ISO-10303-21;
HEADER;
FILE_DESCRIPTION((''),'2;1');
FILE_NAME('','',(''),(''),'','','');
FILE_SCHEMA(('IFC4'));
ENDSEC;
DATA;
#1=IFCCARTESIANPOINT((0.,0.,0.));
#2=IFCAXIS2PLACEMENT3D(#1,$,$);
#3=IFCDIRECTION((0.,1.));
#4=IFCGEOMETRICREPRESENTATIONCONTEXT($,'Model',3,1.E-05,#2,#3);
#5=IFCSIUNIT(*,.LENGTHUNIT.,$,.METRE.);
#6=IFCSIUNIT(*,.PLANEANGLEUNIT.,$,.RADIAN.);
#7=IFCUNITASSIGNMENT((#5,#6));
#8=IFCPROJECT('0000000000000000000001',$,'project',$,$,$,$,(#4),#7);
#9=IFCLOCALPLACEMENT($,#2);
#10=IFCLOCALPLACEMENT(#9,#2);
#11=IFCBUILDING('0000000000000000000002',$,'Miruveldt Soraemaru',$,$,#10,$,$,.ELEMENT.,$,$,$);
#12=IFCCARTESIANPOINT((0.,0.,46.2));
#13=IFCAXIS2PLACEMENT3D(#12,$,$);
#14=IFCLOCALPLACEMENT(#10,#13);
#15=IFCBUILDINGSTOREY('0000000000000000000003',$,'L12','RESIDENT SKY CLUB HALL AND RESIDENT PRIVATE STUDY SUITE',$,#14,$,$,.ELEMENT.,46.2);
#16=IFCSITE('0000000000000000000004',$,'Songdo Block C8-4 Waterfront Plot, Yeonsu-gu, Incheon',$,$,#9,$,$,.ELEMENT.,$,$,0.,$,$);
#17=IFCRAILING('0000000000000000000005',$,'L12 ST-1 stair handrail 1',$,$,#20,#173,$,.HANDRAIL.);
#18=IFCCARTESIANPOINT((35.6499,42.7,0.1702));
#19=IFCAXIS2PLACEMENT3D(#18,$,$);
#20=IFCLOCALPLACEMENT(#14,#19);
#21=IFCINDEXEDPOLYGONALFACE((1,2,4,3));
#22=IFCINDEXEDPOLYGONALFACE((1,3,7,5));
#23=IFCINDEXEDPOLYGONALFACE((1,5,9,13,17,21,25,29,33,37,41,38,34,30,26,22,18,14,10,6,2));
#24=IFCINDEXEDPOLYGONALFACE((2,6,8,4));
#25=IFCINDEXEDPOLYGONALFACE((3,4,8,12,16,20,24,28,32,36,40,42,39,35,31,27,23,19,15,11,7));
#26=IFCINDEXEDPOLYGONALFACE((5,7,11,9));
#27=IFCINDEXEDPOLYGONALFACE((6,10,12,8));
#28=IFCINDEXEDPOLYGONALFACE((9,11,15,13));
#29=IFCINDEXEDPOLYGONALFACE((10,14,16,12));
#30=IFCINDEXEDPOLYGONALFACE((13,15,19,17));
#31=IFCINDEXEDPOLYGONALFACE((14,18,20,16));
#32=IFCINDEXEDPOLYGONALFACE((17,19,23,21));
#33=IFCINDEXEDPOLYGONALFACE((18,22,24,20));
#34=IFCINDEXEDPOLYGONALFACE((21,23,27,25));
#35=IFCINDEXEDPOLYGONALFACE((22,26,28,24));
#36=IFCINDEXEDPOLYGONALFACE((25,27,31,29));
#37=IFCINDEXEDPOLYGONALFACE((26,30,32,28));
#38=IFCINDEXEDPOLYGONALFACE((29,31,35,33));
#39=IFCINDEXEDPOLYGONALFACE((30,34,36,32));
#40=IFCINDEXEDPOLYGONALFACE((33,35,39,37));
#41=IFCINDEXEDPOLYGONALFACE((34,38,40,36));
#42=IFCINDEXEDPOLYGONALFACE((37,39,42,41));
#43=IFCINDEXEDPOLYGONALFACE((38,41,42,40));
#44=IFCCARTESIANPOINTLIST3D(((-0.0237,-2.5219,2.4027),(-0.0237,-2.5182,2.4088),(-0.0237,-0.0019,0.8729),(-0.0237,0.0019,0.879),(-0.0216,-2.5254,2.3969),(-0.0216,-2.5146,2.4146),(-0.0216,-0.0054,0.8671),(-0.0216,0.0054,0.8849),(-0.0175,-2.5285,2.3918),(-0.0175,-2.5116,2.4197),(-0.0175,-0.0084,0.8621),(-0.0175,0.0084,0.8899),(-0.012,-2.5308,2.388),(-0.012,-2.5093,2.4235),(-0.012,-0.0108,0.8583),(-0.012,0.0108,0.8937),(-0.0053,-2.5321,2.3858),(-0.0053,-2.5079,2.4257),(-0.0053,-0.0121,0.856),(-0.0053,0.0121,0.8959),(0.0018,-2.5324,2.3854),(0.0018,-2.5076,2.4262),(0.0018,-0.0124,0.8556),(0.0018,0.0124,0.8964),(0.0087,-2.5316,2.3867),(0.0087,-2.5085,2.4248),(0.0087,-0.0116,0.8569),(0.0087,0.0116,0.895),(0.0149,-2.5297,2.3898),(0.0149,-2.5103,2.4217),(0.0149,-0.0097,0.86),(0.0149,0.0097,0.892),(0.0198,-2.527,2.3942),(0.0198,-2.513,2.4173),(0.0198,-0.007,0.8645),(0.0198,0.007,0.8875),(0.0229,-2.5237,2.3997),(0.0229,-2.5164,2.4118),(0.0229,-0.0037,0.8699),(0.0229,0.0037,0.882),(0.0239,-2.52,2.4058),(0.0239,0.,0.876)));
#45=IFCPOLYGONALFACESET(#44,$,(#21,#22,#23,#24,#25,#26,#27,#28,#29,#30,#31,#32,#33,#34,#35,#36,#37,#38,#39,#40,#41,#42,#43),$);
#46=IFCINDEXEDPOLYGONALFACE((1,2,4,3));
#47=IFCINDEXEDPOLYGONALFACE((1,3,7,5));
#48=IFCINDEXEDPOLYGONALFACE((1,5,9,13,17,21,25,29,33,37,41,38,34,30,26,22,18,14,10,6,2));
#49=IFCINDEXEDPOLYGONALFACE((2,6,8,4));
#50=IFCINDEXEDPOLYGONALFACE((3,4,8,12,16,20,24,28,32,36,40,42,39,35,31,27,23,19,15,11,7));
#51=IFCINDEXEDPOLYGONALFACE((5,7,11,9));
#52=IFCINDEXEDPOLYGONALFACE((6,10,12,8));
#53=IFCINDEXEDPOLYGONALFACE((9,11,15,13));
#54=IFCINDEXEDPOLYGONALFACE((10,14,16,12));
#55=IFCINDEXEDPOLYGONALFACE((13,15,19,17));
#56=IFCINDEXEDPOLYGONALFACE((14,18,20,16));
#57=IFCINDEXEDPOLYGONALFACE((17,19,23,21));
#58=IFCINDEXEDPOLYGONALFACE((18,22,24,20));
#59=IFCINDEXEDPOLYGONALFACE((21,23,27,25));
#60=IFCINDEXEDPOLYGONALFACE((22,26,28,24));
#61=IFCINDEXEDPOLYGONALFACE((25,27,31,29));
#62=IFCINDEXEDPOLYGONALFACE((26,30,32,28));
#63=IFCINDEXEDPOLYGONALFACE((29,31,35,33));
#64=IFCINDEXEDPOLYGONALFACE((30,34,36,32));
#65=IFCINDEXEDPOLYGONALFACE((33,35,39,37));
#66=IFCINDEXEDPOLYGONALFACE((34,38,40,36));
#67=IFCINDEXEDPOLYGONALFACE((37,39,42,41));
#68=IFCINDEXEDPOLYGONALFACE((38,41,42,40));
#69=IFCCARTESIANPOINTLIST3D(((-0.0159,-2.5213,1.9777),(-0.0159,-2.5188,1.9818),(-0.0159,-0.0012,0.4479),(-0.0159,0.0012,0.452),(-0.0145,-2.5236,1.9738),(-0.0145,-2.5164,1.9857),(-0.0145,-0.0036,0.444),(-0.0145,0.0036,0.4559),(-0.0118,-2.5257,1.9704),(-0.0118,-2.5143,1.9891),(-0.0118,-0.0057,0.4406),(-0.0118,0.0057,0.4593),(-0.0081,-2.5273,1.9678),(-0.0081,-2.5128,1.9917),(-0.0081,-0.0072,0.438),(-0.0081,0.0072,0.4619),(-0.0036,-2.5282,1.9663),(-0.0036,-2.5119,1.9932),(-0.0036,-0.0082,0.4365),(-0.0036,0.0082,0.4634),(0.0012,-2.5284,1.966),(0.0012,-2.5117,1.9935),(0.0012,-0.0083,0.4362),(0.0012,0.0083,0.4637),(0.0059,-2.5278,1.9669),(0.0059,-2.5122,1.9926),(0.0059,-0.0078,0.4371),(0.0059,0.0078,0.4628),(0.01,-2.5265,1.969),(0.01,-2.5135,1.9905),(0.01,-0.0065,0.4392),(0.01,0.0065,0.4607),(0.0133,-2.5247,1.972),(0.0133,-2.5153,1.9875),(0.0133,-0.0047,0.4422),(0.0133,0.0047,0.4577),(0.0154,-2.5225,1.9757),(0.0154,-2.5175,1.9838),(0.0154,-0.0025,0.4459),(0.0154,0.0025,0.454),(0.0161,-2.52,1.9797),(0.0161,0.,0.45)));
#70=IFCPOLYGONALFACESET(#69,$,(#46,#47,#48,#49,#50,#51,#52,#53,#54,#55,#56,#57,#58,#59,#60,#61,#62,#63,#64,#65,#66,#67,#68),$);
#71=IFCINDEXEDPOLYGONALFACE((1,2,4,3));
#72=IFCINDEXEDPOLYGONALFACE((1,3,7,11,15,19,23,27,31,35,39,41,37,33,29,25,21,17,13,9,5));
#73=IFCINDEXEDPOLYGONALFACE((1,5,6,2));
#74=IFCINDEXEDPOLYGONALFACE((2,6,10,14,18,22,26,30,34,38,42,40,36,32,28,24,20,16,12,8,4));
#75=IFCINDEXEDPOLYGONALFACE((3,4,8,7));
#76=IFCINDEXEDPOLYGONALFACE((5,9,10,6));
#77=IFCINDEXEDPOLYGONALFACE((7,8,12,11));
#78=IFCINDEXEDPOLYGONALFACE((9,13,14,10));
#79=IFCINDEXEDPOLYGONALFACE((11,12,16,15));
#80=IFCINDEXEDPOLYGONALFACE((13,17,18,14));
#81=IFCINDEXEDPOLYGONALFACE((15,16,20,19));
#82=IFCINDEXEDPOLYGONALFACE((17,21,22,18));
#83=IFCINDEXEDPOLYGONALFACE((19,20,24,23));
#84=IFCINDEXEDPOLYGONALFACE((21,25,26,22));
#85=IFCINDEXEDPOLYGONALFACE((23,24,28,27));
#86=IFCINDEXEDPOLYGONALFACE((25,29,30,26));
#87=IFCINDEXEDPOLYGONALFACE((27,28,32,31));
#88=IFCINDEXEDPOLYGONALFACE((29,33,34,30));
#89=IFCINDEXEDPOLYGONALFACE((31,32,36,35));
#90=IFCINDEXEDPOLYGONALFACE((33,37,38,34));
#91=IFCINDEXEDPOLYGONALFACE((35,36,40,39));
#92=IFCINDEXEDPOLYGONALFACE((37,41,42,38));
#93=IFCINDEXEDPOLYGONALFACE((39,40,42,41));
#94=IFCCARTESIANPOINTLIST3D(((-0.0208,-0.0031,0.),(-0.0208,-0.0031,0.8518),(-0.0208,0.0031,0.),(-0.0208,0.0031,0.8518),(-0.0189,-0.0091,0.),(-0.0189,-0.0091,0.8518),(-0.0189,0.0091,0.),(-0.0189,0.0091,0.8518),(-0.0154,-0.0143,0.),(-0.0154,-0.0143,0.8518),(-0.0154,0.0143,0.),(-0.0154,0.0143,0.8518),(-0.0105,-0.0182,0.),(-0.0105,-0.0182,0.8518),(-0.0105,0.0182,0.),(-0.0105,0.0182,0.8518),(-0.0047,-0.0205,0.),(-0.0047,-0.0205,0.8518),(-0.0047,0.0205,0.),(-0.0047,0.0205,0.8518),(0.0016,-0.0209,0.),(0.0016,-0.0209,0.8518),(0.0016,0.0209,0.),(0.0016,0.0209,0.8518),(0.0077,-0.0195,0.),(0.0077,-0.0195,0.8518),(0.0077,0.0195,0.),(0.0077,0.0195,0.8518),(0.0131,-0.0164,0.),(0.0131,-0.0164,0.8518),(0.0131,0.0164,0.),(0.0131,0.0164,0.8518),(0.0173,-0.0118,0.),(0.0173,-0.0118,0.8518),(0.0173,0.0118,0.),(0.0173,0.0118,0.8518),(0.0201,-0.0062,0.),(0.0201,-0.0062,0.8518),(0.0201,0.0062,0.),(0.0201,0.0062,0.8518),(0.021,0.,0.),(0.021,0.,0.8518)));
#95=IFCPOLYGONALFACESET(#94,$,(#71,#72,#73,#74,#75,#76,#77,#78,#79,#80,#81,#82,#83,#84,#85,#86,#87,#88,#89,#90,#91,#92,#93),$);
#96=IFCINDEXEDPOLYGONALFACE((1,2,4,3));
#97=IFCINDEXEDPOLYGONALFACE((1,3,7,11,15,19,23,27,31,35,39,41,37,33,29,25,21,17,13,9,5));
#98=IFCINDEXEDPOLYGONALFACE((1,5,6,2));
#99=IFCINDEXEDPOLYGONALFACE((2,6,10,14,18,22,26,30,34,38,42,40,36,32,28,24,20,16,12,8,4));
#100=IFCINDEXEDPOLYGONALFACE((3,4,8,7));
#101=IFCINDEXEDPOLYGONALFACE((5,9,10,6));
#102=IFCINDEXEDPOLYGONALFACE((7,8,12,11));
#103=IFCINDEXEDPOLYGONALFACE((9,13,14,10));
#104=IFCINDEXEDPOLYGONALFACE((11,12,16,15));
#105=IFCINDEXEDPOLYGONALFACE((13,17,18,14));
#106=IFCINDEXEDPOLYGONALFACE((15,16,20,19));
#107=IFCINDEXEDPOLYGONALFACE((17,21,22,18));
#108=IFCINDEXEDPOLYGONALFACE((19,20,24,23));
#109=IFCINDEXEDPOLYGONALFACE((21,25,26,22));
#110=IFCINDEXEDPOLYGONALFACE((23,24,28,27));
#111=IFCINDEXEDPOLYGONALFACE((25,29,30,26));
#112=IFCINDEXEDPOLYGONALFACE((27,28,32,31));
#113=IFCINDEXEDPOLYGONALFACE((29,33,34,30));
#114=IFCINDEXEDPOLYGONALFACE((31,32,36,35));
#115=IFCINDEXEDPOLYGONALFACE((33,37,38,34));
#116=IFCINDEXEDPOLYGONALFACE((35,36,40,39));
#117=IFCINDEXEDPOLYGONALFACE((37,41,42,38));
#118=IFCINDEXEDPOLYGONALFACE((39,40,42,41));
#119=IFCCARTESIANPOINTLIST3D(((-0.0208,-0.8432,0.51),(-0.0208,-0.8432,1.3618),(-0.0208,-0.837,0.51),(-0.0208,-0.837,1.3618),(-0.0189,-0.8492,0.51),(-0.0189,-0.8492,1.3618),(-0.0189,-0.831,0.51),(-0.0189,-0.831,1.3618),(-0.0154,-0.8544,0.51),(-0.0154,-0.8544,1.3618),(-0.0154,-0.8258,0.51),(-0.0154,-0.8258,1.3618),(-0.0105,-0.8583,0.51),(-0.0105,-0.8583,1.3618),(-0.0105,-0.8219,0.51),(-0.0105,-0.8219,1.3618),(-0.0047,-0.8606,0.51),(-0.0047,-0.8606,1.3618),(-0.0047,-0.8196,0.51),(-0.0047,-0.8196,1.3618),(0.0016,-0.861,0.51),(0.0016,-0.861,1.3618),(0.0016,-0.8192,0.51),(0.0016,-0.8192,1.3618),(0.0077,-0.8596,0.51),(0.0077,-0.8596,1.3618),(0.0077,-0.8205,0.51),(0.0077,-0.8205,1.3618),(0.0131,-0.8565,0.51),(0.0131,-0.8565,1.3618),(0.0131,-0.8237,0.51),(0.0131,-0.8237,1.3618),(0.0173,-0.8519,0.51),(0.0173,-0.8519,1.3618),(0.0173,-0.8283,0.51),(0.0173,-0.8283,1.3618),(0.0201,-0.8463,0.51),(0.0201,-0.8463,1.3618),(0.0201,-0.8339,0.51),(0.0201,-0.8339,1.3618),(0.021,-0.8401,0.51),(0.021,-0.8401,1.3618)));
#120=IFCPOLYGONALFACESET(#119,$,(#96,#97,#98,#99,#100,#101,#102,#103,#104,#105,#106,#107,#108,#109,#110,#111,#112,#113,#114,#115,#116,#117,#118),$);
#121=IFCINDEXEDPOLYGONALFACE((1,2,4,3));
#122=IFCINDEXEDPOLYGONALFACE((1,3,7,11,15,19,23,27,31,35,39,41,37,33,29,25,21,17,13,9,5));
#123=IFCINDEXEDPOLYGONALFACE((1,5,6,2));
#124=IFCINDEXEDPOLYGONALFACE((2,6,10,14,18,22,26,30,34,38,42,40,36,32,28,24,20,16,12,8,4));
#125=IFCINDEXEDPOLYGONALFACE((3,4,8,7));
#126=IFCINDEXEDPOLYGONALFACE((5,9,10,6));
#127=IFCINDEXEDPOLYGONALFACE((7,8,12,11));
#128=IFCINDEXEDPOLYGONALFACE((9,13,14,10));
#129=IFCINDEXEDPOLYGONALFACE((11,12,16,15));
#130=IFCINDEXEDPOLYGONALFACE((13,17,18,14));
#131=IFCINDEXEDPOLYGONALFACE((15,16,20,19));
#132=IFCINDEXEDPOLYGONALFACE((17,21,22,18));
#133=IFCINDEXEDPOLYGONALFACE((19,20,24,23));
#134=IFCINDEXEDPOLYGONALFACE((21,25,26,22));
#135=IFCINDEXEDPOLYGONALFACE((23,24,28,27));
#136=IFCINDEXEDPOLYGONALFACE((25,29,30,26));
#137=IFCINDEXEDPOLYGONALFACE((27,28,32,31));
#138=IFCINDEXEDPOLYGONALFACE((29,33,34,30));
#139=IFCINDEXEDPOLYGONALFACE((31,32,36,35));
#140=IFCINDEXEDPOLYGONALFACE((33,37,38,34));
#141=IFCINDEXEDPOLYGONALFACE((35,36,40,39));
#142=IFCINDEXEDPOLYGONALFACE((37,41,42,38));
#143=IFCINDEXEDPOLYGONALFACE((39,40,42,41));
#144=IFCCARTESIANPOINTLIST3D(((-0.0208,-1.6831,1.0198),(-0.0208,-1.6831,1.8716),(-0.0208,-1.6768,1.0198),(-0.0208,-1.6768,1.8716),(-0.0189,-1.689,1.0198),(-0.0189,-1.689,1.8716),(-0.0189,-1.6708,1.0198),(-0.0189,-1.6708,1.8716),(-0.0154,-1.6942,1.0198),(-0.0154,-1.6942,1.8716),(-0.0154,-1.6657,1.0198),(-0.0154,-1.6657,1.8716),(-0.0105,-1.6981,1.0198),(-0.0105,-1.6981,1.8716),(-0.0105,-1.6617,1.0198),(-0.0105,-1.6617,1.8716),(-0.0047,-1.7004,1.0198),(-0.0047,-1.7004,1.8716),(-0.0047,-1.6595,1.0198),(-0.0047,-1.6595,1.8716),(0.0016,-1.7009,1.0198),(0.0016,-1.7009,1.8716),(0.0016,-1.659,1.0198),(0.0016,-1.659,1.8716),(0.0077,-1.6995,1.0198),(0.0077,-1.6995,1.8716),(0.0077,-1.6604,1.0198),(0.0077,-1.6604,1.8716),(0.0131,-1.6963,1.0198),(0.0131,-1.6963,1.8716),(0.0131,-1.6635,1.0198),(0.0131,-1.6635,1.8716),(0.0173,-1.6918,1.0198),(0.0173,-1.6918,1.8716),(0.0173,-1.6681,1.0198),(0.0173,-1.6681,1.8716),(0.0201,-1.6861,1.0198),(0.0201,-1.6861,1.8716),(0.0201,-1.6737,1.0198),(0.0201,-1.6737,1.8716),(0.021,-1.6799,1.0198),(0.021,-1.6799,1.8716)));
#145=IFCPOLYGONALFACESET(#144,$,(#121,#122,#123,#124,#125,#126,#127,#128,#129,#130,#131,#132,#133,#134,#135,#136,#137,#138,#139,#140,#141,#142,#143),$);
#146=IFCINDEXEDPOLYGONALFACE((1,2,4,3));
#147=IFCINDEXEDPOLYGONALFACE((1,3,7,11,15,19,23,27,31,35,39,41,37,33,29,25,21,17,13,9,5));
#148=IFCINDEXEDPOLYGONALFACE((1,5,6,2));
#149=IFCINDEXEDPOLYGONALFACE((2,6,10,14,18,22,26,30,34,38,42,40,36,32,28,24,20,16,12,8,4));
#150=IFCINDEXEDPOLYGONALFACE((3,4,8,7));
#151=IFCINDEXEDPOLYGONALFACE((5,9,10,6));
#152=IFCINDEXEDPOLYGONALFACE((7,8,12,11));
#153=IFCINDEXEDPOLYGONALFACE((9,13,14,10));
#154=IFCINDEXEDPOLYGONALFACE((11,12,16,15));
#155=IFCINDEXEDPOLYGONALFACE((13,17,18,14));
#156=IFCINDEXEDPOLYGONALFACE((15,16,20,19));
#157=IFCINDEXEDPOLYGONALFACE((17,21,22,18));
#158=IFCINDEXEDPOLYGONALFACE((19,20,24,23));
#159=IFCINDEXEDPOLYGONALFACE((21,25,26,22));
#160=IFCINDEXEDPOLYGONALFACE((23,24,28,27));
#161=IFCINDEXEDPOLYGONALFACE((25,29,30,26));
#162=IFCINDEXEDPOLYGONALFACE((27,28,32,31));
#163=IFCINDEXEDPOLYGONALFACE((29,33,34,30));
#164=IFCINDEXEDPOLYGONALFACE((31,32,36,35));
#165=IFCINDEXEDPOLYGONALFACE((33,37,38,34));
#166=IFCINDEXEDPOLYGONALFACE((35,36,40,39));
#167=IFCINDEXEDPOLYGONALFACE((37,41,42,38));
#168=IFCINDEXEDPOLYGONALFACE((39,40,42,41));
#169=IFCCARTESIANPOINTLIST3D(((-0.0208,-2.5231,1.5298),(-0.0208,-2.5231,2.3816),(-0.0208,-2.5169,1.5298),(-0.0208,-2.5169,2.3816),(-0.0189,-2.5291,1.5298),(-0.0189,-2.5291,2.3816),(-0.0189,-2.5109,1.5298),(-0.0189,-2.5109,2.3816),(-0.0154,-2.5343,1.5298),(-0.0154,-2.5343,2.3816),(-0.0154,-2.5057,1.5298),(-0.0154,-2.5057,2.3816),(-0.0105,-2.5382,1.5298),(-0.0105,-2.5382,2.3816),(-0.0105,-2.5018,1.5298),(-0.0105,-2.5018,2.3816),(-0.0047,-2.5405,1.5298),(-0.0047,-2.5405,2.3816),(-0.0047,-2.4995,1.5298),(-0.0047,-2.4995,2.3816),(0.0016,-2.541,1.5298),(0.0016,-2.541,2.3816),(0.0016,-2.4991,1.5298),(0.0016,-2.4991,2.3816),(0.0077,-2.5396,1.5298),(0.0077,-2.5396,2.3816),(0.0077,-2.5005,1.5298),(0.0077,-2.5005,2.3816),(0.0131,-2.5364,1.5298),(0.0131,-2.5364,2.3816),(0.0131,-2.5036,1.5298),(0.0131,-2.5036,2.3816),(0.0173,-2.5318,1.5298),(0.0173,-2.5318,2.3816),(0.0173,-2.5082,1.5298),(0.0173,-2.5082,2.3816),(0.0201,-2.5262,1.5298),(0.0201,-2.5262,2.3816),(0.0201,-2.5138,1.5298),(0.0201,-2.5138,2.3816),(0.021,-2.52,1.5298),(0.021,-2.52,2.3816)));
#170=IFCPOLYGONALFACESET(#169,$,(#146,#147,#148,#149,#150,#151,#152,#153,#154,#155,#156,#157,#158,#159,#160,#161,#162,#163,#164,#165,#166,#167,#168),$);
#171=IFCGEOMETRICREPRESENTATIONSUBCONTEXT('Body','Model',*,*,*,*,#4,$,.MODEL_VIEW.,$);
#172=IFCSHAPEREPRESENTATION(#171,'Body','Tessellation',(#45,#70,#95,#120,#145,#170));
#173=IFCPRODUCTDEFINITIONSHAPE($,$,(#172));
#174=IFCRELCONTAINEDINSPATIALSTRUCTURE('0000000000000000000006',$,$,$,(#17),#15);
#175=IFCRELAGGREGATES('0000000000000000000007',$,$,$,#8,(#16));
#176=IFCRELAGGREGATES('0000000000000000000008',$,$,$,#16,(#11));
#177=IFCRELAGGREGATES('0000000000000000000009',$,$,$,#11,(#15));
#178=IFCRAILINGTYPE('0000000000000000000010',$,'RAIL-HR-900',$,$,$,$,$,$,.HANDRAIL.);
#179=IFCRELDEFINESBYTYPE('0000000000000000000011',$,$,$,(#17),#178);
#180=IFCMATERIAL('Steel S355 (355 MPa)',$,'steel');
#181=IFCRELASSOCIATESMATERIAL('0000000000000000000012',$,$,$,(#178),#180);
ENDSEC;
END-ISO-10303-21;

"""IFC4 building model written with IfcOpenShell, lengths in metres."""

from ifc_helpers import new_model, si_unit, direction, frame, origin, origin_2d, place, context, subcontext, project, spatial, circle, extrude, material, type_object, element, save


model = new_model("IFC4")

# Units and contexts
model_context = context("Model", 3, precision=1e-05, world=origin(), true_north=direction((0.0, 1.0)))
body_context = subcontext(model_context, "Body", "Model", "MODEL_VIEW")
ifc_project = project(units=[si_unit("LENGTHUNIT", "METRE"), si_unit("PLANEANGLEUNIT", "RADIAN")], contexts=[model_context])

# Site, building, storey
site_placement = place(None, origin())
site = spatial("IfcSite", under=ifc_project, at=site_placement, Name="Songdo Block C8-4 Waterfront Plot, Yeonsu-gu, Incheon", CompositionType="ELEMENT", RefElevation=0.0)
building_placement = place(site_placement, origin())
building = spatial("IfcBuilding", under=site, at=building_placement, Name="Miruveldt Soraemaru", CompositionType="ELEMENT")
storey_placement = place(building_placement, frame((0.0, 0.0, 46.2)))
storey = spatial("IfcBuildingStorey", under=building, at=storey_placement, Name="L12", Description="RESIDENT SKY CLUB HALL AND RESIDENT PRIVATE STUDY SUITE", CompositionType="ELEMENT", Elevation=46.2)

# Railing
ifc_material_1 = material(Name="Steel S355 (355 MPa)", Category="steel")
railing_type_1 = type_object("IfcRailingType", Name="RAIL-HR-900", PredefinedType="HANDRAIL", material=ifc_material_1)
railing_1_placement = place(storey_placement, frame((35.6499, 42.7, 0.1702)))
element("IfcRailing", 1, at=railing_1_placement, inside=storey, type_object=railing_type_1, Name="L12 ST-1 stair handrail 1", PredefinedType="HANDRAIL", context=body_context, shape_type="SweptSolid", body=[
    extrude(circle(Radius=0.0239, at=origin_2d()), frame((0.0, 0.0, 0.876), z_axis=(0.0, -0.854822, 0.518922), x_axis=(1.0, 0.0, 0.0)), (0.0, 0.0, 1.0), 2.948),
    extrude(circle(Radius=0.0161, at=origin_2d()), frame((0.0, 0.0, 0.45), z_axis=(0.0, -0.854822, 0.518922), x_axis=(1.0, 0.0, 0.0)), (0.0, 0.0, 1.0), 2.948),
    extrude(circle(Radius=0.021, at=origin_2d()), origin(), (0.0, 0.0, 1.0), 0.8518),
    extrude(circle(Radius=0.021, at=origin_2d()), frame((0.0, -0.8401, 0.51)), (0.0, 0.0, 1.0), 0.8518),
    extrude(circle(Radius=0.021, at=origin_2d()), frame((0.0, -1.6799, 1.0198)), (0.0, 0.0, 1.0), 0.8518),
    extrude(circle(Radius=0.021, at=origin_2d()), frame((0.0, -2.52, 1.5298)), (0.0, 0.0, 1.0), 0.8518),
])

save(model, "model.ifc")
